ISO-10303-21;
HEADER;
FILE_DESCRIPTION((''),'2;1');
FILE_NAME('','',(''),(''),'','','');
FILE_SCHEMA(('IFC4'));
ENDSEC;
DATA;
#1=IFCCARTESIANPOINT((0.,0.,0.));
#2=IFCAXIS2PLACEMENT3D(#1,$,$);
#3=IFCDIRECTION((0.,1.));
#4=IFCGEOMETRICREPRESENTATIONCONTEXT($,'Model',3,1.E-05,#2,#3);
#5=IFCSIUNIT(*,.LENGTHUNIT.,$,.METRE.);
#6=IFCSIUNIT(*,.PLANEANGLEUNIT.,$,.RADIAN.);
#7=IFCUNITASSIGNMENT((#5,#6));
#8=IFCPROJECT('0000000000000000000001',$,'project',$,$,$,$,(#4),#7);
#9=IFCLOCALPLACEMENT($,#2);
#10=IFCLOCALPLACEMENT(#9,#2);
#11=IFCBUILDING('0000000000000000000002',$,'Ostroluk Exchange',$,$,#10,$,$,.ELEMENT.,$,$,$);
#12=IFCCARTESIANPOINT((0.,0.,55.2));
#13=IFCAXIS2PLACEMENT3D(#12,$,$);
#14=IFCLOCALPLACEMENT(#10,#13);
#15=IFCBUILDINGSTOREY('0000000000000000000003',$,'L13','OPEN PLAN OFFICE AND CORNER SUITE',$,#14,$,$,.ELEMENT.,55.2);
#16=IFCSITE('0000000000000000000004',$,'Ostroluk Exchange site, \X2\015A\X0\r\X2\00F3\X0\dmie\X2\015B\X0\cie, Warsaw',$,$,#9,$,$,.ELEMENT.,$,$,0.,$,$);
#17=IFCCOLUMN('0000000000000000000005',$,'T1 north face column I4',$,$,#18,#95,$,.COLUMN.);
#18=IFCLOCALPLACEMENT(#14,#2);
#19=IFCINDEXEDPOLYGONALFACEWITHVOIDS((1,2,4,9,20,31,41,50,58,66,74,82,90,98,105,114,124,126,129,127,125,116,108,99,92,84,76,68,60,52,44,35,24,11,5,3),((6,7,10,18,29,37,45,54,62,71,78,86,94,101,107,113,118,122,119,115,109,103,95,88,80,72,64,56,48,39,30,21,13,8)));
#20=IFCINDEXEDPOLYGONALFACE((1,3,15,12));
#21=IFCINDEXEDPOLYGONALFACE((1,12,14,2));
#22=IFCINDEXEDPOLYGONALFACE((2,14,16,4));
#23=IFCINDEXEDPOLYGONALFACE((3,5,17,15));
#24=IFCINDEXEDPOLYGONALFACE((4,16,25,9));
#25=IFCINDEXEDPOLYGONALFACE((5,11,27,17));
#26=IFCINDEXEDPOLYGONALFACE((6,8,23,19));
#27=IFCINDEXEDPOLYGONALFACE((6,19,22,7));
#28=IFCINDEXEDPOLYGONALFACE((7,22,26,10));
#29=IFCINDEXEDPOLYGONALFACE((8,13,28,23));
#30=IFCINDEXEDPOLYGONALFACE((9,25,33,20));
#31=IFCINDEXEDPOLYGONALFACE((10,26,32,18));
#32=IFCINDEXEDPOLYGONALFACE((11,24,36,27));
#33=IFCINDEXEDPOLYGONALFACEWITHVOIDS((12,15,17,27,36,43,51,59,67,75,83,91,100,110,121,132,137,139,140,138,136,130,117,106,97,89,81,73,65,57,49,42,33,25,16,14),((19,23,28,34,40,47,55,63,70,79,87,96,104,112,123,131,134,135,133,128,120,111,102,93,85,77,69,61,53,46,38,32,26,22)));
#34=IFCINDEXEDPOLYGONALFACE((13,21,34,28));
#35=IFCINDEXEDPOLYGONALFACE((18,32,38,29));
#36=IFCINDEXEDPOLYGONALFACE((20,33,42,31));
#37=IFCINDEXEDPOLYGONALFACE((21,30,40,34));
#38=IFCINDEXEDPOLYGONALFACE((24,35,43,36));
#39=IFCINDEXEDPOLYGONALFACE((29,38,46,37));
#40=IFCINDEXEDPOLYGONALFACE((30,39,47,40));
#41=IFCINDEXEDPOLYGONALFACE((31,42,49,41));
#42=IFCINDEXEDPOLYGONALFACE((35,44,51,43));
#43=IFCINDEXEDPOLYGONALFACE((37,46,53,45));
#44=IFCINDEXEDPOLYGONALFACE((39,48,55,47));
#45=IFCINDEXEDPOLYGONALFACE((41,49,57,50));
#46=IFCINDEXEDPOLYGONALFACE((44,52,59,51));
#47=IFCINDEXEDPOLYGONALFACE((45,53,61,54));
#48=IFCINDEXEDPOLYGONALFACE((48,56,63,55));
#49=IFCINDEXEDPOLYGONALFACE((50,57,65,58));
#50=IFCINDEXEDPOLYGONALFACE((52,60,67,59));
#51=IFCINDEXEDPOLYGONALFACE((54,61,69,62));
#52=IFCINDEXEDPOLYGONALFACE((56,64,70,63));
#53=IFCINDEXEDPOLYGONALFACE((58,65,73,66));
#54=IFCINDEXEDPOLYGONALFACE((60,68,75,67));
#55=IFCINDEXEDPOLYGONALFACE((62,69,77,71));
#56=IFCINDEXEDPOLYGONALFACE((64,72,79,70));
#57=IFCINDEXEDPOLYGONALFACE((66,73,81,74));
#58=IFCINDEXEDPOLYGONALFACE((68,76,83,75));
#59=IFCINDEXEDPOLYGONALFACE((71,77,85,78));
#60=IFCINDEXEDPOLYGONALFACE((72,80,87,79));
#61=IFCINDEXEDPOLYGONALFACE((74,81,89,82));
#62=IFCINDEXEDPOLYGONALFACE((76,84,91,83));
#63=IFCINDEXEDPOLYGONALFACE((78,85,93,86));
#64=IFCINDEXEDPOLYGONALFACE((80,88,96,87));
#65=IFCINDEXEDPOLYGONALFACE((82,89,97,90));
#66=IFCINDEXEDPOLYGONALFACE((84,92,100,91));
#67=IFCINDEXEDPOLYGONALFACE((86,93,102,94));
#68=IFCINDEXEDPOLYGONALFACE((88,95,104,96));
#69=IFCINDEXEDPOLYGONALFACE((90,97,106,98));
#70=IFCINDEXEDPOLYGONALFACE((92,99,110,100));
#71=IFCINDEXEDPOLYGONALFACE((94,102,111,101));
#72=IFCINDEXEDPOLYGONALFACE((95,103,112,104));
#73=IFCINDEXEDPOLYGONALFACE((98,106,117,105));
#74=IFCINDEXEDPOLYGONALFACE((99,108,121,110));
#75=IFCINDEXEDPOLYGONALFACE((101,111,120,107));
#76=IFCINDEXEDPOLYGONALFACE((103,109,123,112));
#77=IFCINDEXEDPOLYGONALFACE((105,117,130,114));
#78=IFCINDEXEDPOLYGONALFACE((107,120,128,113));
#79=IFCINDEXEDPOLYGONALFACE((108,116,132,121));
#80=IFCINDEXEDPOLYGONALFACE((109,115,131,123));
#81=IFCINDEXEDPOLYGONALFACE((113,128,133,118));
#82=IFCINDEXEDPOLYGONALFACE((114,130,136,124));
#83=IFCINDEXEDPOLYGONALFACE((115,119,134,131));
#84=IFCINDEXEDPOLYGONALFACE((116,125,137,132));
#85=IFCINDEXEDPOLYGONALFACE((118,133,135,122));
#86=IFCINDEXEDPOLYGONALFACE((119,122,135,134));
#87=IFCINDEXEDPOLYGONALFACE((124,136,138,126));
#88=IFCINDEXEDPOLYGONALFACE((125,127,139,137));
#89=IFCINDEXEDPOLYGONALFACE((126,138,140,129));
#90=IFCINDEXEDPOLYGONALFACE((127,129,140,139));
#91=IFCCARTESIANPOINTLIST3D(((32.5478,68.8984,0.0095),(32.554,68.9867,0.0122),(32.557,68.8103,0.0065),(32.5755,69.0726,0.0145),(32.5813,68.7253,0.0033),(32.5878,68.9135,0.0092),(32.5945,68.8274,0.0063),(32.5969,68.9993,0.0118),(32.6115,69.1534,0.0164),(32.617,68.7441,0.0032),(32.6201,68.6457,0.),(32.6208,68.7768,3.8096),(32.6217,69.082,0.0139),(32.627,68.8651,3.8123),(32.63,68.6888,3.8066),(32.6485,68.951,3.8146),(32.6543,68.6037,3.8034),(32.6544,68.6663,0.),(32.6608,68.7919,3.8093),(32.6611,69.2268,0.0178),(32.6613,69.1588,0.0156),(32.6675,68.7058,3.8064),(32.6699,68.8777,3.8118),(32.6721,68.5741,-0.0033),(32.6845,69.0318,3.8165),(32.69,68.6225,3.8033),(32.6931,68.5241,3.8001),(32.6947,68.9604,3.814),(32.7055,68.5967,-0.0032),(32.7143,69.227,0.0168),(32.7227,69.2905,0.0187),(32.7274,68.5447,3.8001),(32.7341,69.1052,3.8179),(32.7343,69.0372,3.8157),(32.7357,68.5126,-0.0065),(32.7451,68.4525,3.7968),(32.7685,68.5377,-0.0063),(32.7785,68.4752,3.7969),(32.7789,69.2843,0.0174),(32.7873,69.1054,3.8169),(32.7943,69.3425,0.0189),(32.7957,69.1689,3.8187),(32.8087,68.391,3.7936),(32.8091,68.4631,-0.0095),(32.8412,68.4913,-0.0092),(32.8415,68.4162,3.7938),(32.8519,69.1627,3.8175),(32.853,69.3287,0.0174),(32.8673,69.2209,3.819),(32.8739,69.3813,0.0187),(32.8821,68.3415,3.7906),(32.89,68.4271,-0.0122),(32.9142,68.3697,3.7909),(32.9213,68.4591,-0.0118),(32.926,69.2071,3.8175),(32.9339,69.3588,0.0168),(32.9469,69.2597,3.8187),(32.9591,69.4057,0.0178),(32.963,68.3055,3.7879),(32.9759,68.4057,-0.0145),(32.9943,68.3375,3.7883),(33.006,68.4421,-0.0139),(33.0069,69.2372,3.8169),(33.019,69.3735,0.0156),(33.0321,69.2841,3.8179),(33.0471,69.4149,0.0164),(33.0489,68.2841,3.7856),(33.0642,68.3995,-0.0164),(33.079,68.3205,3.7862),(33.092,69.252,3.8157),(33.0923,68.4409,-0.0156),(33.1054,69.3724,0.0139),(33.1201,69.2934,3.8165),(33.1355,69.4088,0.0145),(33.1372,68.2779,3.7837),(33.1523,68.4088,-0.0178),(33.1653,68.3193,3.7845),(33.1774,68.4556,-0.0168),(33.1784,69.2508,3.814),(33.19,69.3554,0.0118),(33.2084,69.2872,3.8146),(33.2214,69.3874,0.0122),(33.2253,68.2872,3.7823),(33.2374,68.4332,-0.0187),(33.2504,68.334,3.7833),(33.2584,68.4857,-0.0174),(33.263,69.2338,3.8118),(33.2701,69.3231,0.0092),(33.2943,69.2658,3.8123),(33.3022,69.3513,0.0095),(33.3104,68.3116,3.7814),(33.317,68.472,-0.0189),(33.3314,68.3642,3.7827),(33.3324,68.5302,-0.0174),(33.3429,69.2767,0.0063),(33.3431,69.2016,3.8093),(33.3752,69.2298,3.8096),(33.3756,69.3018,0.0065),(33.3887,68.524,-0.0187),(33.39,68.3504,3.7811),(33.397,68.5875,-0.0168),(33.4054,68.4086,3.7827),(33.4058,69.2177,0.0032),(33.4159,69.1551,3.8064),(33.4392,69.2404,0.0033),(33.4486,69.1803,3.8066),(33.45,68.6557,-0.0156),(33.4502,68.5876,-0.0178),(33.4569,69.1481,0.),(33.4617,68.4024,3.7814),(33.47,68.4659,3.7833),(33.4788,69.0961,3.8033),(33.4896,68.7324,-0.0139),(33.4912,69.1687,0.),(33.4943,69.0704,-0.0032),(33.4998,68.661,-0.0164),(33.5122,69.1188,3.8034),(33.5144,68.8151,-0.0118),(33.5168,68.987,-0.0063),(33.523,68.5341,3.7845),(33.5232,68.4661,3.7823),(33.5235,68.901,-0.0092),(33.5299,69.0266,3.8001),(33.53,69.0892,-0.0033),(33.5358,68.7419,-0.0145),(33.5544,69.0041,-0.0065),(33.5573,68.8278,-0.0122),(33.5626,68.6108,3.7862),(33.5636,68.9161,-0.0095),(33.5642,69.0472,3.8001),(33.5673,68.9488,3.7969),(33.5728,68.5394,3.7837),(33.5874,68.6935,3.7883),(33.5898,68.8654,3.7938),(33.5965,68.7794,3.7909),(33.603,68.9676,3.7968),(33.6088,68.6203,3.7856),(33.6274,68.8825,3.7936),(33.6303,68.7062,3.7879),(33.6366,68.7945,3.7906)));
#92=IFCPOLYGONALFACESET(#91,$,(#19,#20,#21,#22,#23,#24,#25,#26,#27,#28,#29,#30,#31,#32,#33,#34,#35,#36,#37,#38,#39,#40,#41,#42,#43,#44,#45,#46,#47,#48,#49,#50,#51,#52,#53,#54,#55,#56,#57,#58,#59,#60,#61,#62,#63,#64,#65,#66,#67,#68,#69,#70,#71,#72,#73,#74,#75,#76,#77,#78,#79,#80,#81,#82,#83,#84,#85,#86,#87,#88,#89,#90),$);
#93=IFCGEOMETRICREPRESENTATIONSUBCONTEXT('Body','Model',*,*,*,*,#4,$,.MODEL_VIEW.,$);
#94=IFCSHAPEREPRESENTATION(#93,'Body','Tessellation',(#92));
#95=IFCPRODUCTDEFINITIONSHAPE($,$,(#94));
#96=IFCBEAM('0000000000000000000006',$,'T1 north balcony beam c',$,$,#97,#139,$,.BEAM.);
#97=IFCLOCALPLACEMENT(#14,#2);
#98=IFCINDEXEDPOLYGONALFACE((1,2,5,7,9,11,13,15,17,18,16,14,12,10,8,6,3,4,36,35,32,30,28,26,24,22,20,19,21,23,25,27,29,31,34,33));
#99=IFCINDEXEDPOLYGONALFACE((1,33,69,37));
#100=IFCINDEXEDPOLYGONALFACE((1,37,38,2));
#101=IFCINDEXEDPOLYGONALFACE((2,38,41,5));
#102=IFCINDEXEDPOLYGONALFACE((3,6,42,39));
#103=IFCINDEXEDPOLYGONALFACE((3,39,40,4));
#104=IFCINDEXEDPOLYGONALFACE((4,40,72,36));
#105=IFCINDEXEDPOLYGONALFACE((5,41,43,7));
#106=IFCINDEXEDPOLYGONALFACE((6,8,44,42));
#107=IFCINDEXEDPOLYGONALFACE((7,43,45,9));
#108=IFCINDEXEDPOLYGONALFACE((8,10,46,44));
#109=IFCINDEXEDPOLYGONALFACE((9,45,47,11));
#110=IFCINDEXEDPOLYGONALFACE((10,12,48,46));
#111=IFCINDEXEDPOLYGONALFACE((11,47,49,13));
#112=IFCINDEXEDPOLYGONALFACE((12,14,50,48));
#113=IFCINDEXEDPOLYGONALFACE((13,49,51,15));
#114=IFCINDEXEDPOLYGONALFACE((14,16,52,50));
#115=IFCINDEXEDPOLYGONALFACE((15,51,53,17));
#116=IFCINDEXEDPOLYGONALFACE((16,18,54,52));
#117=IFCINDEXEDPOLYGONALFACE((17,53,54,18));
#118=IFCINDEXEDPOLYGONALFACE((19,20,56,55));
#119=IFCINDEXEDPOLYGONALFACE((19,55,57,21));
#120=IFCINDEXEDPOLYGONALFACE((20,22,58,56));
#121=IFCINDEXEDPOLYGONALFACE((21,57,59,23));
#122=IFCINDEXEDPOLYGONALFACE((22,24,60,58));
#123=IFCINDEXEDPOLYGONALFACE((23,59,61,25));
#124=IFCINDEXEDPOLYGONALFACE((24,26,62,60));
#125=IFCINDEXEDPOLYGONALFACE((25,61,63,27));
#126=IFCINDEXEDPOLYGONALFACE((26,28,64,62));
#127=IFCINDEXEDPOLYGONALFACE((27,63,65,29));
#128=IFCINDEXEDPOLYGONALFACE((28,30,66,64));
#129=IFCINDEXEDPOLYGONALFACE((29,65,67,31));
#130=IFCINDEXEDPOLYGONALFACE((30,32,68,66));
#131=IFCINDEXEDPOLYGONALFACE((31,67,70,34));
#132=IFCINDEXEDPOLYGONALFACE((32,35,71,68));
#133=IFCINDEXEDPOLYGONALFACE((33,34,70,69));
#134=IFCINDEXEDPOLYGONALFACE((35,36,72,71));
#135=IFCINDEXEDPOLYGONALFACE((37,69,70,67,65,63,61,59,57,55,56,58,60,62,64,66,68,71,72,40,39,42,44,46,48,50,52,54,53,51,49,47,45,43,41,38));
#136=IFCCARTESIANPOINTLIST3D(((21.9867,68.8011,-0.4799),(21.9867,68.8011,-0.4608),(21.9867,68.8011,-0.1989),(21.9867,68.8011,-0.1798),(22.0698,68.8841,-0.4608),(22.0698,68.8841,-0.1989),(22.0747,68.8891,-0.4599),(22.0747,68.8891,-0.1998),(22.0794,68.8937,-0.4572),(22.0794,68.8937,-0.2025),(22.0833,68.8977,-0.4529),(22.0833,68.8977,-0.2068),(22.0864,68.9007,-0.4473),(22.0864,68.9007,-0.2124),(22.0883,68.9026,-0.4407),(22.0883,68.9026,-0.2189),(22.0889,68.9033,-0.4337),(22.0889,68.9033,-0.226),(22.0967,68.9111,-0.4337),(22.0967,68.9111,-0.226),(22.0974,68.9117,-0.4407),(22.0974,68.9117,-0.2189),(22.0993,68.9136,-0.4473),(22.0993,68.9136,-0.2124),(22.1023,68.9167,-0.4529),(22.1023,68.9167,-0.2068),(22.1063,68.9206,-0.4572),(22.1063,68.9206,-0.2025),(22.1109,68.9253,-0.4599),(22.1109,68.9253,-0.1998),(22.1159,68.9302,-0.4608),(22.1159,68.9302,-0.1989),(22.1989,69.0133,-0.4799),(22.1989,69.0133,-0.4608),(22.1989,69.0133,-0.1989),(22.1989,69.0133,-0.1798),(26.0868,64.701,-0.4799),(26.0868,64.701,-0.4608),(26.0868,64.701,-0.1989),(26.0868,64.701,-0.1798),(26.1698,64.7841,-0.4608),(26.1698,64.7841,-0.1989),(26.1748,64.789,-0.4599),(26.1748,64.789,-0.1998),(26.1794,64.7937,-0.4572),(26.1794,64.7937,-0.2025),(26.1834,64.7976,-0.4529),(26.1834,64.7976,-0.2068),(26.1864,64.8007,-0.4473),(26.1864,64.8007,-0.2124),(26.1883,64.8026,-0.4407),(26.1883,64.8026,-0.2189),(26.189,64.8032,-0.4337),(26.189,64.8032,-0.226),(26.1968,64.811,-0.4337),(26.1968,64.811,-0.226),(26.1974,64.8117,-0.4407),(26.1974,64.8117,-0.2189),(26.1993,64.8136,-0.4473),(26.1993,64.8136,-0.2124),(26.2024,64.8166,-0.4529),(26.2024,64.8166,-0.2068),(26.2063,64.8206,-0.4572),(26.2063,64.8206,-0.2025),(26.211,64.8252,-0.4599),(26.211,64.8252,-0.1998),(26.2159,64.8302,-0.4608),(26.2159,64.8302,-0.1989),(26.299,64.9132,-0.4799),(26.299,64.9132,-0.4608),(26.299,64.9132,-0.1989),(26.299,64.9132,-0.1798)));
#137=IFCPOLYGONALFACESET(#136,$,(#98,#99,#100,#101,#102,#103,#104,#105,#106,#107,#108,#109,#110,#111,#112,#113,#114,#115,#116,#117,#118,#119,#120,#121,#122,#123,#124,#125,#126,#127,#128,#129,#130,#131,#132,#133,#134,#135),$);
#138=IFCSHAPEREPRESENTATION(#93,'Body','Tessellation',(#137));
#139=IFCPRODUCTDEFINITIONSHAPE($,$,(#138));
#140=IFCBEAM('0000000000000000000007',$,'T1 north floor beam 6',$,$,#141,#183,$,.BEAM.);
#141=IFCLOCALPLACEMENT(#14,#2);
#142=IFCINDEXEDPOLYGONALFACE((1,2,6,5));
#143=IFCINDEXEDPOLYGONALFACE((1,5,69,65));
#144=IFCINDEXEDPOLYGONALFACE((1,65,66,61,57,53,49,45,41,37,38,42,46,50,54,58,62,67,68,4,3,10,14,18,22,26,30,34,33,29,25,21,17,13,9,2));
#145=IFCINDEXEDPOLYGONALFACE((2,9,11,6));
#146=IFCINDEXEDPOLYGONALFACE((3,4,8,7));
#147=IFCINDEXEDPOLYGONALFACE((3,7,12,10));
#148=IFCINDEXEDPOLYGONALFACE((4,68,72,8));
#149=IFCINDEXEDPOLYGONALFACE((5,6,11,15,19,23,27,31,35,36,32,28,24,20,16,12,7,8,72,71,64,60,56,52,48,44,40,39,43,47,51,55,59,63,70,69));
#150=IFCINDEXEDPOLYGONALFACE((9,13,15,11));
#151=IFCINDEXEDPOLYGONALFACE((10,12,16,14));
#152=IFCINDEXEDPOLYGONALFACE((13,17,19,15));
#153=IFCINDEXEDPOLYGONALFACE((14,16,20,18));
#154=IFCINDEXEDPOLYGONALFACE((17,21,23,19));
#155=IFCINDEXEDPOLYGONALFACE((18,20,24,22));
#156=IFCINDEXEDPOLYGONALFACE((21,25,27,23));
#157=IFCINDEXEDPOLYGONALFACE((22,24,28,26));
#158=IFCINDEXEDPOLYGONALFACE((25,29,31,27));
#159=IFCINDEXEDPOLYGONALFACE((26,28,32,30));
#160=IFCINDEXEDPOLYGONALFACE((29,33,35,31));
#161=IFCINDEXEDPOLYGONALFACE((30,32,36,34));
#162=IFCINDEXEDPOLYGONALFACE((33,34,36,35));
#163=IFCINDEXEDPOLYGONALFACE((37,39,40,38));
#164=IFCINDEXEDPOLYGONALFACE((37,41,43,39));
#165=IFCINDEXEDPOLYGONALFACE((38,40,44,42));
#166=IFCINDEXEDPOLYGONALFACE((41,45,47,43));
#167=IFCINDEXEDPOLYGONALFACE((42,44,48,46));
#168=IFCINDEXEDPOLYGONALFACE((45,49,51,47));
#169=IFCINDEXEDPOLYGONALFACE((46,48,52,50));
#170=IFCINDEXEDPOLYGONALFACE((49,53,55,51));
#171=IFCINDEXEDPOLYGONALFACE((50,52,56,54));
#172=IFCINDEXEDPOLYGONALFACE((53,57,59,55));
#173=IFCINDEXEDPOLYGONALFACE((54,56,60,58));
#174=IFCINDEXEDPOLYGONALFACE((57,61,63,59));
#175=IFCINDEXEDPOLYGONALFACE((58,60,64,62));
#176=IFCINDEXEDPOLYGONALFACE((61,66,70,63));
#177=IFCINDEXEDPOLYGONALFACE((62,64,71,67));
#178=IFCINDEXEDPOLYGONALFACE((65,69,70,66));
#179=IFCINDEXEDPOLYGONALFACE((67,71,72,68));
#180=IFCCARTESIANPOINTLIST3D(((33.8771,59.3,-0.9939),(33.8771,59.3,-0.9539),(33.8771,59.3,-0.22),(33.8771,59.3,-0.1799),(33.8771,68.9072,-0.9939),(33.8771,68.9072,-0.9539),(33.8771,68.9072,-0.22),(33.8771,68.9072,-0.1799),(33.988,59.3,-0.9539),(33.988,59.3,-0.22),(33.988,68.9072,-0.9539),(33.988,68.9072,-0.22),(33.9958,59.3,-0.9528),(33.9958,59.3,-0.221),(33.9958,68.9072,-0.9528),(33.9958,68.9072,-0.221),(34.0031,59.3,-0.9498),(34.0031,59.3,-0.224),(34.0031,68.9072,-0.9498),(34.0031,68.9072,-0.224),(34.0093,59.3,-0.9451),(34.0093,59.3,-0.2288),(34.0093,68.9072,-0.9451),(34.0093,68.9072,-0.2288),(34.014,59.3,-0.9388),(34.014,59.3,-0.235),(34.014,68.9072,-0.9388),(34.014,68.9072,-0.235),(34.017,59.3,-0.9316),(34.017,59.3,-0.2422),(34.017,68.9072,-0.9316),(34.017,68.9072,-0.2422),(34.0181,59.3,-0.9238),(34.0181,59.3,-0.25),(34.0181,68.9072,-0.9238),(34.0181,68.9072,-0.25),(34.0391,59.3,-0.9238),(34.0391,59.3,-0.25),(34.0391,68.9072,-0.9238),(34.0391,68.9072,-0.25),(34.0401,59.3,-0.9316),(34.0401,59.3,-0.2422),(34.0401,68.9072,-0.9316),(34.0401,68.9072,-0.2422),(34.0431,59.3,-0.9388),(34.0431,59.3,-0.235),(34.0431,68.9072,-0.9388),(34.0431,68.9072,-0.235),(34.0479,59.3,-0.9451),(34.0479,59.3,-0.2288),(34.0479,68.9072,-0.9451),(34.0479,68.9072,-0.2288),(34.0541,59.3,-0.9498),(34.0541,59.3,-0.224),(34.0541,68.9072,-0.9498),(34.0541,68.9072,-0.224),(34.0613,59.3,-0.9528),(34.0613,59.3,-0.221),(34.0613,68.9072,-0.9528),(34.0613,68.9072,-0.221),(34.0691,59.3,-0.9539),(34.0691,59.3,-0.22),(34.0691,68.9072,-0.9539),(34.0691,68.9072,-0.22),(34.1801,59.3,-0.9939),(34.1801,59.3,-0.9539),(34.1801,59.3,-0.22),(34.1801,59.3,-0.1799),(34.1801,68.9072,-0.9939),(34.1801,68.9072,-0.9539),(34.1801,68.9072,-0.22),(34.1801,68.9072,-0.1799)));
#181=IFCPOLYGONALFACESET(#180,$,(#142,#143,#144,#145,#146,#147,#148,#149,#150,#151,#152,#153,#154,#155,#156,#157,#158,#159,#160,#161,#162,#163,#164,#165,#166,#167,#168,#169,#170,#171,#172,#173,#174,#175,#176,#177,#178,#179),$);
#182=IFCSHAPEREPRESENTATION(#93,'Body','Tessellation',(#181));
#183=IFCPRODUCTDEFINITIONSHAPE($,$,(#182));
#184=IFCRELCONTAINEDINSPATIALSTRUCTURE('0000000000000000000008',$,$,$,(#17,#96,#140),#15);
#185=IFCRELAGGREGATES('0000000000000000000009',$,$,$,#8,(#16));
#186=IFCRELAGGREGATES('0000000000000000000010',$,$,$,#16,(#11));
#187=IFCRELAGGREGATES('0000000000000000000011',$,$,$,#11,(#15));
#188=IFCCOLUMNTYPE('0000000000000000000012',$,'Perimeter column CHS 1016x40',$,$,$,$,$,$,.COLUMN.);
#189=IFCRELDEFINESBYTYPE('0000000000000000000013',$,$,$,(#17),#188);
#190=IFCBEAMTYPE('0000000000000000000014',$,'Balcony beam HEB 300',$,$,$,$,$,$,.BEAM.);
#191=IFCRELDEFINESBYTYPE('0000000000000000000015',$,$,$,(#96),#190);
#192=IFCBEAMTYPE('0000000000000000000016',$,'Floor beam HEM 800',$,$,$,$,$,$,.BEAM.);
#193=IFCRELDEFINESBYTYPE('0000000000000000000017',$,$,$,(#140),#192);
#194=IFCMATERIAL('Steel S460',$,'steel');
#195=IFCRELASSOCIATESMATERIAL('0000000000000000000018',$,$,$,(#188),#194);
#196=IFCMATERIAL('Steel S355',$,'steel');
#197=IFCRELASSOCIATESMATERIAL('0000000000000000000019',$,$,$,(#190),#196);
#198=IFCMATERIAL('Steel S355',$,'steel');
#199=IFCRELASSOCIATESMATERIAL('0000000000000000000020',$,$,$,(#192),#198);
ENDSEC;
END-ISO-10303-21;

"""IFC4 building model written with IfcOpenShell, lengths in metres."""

from ifc_helpers import new_model, si_unit, direction, frame, origin, origin_2d, place, context, subcontext, project, spatial, hollow_circle, i_section, extrude, material, material_profile, profile_set, type_object, element, save


model = new_model("IFC4")

# Units and contexts
model_context = context("Model", 3, precision=1e-05, world=origin(), true_north=direction((0.0, 1.0)))
body_context = subcontext(model_context, "Body", "Model", "MODEL_VIEW")
ifc_project = project(units=[si_unit("LENGTHUNIT", "METRE"), si_unit("PLANEANGLEUNIT", "RADIAN")], contexts=[model_context])

# Site, building, storey
site_placement = place(None, origin())
site = spatial("IfcSite", under=ifc_project, at=site_placement, Name="Ostroluk Exchange site, Śródmieście, Warsaw", CompositionType="ELEMENT", RefElevation=0.0)
building_placement = place(site_placement, origin())
building = spatial("IfcBuilding", under=site, at=building_placement, Name="Ostroluk Exchange", CompositionType="ELEMENT")
storey_placement = place(building_placement, frame((0.0, 0.0, 55.2)))
storey = spatial("IfcBuildingStorey", under=building, at=storey_placement, Name="L13", Description="OPEN PLAN OFFICE AND CORNER SUITE", CompositionType="ELEMENT", Elevation=55.2)

# Column
ifc_material_1 = material(Name="Steel S460", Category="steel")
ifc_material_profile_1 = material_profile(ifc_material_1, hollow_circle(Radius=0.5081, WallThickness=0.04, at=origin_2d()), Name="CHS 1016x40")
ifc_profile_set_1 = profile_set([ifc_material_profile_1], Name="Steel S460")
column_type = type_object("IfcColumnType", Name="Perimeter column CHS 1016x40", PredefinedType="COLUMN", material=ifc_profile_set_1)
column_placement = place(storey_placement, frame((33.0557, 68.9072, 0.0), z_axis=(0.019196, -0.031973, 0.999304), x_axis=(0.857341, 0.514749, 0.0)))
element("IfcColumn", 1, at=column_placement, inside=storey, type_object=column_type, Name="T1 north face column I4", PredefinedType="COLUMN", context=body_context, shape_type="SweptSolid", body=[
    extrude(hollow_circle(Radius=0.5081, WallThickness=0.04, at=origin_2d()), origin(), (0.0, 0.0, 1.0), 3.8027),
])

# Beams
ifc_material_2 = material(Name="Steel S355", Category="steel")
ifc_material_profile_2 = material_profile(ifc_material_2, i_section(OverallWidth=0.3, OverallDepth=0.3, WebThickness=0.011, FlangeThickness=0.019, FilletRadius=0.0271, at=origin_2d()), Name="HEB 300")
ifc_profile_set_2 = profile_set([ifc_material_profile_2], Name="Steel S355")
beam_type_1 = type_object("IfcBeamType", Name="Balcony beam HEB 300", PredefinedType="BEAM", material=ifc_profile_set_2)
beam_1_placement = place(storey_placement, frame((26.1929, 64.8071, -0.3298), z_axis=(-0.707107, 0.707107, 0.0), x_axis=(-0.707107, -0.707107, 0.0)))
element("IfcBeam", 2, at=beam_1_placement, inside=storey, type_object=beam_type_1, Name="T1 north balcony beam c", PredefinedType="BEAM", context=body_context, shape_type="SweptSolid", body=[
    extrude(i_section(OverallWidth=0.3, OverallDepth=0.3, WebThickness=0.011, FlangeThickness=0.019, FilletRadius=0.0271, at=origin_2d()), origin(), (0.0, 0.0, 1.0), 5.7983),
])
ifc_material_3 = material(Name="Steel S355", Category="steel")
ifc_material_profile_3 = material_profile(ifc_material_3, i_section(OverallWidth=0.303, OverallDepth=0.814, WebThickness=0.021, FlangeThickness=0.04, FilletRadius=0.03, at=origin_2d()), Name="HEM 800")
ifc_profile_set_3 = profile_set([ifc_material_profile_3], Name="Steel S355")
beam_type_2 = type_object("IfcBeamType", Name="Floor beam HEM 800", PredefinedType="BEAM", material=ifc_profile_set_3)
beam_2_placement = place(storey_placement, frame((34.0286, 59.3, -0.5869), z_axis=(0.0, 1.0, 0.0), x_axis=(-1.0, 0.0, 0.0)))
element("IfcBeam", 3, at=beam_2_placement, inside=storey, type_object=beam_type_2, Name="T1 north floor beam 6", PredefinedType="BEAM", context=body_context, shape_type="SweptSolid", body=[
    extrude(i_section(OverallWidth=0.303, OverallDepth=0.814, WebThickness=0.021, FlangeThickness=0.04, FilletRadius=0.03, at=origin_2d()), origin(), (0.0, 0.0, 1.0), 9.6072),
])

save(model, "model.ifc")
